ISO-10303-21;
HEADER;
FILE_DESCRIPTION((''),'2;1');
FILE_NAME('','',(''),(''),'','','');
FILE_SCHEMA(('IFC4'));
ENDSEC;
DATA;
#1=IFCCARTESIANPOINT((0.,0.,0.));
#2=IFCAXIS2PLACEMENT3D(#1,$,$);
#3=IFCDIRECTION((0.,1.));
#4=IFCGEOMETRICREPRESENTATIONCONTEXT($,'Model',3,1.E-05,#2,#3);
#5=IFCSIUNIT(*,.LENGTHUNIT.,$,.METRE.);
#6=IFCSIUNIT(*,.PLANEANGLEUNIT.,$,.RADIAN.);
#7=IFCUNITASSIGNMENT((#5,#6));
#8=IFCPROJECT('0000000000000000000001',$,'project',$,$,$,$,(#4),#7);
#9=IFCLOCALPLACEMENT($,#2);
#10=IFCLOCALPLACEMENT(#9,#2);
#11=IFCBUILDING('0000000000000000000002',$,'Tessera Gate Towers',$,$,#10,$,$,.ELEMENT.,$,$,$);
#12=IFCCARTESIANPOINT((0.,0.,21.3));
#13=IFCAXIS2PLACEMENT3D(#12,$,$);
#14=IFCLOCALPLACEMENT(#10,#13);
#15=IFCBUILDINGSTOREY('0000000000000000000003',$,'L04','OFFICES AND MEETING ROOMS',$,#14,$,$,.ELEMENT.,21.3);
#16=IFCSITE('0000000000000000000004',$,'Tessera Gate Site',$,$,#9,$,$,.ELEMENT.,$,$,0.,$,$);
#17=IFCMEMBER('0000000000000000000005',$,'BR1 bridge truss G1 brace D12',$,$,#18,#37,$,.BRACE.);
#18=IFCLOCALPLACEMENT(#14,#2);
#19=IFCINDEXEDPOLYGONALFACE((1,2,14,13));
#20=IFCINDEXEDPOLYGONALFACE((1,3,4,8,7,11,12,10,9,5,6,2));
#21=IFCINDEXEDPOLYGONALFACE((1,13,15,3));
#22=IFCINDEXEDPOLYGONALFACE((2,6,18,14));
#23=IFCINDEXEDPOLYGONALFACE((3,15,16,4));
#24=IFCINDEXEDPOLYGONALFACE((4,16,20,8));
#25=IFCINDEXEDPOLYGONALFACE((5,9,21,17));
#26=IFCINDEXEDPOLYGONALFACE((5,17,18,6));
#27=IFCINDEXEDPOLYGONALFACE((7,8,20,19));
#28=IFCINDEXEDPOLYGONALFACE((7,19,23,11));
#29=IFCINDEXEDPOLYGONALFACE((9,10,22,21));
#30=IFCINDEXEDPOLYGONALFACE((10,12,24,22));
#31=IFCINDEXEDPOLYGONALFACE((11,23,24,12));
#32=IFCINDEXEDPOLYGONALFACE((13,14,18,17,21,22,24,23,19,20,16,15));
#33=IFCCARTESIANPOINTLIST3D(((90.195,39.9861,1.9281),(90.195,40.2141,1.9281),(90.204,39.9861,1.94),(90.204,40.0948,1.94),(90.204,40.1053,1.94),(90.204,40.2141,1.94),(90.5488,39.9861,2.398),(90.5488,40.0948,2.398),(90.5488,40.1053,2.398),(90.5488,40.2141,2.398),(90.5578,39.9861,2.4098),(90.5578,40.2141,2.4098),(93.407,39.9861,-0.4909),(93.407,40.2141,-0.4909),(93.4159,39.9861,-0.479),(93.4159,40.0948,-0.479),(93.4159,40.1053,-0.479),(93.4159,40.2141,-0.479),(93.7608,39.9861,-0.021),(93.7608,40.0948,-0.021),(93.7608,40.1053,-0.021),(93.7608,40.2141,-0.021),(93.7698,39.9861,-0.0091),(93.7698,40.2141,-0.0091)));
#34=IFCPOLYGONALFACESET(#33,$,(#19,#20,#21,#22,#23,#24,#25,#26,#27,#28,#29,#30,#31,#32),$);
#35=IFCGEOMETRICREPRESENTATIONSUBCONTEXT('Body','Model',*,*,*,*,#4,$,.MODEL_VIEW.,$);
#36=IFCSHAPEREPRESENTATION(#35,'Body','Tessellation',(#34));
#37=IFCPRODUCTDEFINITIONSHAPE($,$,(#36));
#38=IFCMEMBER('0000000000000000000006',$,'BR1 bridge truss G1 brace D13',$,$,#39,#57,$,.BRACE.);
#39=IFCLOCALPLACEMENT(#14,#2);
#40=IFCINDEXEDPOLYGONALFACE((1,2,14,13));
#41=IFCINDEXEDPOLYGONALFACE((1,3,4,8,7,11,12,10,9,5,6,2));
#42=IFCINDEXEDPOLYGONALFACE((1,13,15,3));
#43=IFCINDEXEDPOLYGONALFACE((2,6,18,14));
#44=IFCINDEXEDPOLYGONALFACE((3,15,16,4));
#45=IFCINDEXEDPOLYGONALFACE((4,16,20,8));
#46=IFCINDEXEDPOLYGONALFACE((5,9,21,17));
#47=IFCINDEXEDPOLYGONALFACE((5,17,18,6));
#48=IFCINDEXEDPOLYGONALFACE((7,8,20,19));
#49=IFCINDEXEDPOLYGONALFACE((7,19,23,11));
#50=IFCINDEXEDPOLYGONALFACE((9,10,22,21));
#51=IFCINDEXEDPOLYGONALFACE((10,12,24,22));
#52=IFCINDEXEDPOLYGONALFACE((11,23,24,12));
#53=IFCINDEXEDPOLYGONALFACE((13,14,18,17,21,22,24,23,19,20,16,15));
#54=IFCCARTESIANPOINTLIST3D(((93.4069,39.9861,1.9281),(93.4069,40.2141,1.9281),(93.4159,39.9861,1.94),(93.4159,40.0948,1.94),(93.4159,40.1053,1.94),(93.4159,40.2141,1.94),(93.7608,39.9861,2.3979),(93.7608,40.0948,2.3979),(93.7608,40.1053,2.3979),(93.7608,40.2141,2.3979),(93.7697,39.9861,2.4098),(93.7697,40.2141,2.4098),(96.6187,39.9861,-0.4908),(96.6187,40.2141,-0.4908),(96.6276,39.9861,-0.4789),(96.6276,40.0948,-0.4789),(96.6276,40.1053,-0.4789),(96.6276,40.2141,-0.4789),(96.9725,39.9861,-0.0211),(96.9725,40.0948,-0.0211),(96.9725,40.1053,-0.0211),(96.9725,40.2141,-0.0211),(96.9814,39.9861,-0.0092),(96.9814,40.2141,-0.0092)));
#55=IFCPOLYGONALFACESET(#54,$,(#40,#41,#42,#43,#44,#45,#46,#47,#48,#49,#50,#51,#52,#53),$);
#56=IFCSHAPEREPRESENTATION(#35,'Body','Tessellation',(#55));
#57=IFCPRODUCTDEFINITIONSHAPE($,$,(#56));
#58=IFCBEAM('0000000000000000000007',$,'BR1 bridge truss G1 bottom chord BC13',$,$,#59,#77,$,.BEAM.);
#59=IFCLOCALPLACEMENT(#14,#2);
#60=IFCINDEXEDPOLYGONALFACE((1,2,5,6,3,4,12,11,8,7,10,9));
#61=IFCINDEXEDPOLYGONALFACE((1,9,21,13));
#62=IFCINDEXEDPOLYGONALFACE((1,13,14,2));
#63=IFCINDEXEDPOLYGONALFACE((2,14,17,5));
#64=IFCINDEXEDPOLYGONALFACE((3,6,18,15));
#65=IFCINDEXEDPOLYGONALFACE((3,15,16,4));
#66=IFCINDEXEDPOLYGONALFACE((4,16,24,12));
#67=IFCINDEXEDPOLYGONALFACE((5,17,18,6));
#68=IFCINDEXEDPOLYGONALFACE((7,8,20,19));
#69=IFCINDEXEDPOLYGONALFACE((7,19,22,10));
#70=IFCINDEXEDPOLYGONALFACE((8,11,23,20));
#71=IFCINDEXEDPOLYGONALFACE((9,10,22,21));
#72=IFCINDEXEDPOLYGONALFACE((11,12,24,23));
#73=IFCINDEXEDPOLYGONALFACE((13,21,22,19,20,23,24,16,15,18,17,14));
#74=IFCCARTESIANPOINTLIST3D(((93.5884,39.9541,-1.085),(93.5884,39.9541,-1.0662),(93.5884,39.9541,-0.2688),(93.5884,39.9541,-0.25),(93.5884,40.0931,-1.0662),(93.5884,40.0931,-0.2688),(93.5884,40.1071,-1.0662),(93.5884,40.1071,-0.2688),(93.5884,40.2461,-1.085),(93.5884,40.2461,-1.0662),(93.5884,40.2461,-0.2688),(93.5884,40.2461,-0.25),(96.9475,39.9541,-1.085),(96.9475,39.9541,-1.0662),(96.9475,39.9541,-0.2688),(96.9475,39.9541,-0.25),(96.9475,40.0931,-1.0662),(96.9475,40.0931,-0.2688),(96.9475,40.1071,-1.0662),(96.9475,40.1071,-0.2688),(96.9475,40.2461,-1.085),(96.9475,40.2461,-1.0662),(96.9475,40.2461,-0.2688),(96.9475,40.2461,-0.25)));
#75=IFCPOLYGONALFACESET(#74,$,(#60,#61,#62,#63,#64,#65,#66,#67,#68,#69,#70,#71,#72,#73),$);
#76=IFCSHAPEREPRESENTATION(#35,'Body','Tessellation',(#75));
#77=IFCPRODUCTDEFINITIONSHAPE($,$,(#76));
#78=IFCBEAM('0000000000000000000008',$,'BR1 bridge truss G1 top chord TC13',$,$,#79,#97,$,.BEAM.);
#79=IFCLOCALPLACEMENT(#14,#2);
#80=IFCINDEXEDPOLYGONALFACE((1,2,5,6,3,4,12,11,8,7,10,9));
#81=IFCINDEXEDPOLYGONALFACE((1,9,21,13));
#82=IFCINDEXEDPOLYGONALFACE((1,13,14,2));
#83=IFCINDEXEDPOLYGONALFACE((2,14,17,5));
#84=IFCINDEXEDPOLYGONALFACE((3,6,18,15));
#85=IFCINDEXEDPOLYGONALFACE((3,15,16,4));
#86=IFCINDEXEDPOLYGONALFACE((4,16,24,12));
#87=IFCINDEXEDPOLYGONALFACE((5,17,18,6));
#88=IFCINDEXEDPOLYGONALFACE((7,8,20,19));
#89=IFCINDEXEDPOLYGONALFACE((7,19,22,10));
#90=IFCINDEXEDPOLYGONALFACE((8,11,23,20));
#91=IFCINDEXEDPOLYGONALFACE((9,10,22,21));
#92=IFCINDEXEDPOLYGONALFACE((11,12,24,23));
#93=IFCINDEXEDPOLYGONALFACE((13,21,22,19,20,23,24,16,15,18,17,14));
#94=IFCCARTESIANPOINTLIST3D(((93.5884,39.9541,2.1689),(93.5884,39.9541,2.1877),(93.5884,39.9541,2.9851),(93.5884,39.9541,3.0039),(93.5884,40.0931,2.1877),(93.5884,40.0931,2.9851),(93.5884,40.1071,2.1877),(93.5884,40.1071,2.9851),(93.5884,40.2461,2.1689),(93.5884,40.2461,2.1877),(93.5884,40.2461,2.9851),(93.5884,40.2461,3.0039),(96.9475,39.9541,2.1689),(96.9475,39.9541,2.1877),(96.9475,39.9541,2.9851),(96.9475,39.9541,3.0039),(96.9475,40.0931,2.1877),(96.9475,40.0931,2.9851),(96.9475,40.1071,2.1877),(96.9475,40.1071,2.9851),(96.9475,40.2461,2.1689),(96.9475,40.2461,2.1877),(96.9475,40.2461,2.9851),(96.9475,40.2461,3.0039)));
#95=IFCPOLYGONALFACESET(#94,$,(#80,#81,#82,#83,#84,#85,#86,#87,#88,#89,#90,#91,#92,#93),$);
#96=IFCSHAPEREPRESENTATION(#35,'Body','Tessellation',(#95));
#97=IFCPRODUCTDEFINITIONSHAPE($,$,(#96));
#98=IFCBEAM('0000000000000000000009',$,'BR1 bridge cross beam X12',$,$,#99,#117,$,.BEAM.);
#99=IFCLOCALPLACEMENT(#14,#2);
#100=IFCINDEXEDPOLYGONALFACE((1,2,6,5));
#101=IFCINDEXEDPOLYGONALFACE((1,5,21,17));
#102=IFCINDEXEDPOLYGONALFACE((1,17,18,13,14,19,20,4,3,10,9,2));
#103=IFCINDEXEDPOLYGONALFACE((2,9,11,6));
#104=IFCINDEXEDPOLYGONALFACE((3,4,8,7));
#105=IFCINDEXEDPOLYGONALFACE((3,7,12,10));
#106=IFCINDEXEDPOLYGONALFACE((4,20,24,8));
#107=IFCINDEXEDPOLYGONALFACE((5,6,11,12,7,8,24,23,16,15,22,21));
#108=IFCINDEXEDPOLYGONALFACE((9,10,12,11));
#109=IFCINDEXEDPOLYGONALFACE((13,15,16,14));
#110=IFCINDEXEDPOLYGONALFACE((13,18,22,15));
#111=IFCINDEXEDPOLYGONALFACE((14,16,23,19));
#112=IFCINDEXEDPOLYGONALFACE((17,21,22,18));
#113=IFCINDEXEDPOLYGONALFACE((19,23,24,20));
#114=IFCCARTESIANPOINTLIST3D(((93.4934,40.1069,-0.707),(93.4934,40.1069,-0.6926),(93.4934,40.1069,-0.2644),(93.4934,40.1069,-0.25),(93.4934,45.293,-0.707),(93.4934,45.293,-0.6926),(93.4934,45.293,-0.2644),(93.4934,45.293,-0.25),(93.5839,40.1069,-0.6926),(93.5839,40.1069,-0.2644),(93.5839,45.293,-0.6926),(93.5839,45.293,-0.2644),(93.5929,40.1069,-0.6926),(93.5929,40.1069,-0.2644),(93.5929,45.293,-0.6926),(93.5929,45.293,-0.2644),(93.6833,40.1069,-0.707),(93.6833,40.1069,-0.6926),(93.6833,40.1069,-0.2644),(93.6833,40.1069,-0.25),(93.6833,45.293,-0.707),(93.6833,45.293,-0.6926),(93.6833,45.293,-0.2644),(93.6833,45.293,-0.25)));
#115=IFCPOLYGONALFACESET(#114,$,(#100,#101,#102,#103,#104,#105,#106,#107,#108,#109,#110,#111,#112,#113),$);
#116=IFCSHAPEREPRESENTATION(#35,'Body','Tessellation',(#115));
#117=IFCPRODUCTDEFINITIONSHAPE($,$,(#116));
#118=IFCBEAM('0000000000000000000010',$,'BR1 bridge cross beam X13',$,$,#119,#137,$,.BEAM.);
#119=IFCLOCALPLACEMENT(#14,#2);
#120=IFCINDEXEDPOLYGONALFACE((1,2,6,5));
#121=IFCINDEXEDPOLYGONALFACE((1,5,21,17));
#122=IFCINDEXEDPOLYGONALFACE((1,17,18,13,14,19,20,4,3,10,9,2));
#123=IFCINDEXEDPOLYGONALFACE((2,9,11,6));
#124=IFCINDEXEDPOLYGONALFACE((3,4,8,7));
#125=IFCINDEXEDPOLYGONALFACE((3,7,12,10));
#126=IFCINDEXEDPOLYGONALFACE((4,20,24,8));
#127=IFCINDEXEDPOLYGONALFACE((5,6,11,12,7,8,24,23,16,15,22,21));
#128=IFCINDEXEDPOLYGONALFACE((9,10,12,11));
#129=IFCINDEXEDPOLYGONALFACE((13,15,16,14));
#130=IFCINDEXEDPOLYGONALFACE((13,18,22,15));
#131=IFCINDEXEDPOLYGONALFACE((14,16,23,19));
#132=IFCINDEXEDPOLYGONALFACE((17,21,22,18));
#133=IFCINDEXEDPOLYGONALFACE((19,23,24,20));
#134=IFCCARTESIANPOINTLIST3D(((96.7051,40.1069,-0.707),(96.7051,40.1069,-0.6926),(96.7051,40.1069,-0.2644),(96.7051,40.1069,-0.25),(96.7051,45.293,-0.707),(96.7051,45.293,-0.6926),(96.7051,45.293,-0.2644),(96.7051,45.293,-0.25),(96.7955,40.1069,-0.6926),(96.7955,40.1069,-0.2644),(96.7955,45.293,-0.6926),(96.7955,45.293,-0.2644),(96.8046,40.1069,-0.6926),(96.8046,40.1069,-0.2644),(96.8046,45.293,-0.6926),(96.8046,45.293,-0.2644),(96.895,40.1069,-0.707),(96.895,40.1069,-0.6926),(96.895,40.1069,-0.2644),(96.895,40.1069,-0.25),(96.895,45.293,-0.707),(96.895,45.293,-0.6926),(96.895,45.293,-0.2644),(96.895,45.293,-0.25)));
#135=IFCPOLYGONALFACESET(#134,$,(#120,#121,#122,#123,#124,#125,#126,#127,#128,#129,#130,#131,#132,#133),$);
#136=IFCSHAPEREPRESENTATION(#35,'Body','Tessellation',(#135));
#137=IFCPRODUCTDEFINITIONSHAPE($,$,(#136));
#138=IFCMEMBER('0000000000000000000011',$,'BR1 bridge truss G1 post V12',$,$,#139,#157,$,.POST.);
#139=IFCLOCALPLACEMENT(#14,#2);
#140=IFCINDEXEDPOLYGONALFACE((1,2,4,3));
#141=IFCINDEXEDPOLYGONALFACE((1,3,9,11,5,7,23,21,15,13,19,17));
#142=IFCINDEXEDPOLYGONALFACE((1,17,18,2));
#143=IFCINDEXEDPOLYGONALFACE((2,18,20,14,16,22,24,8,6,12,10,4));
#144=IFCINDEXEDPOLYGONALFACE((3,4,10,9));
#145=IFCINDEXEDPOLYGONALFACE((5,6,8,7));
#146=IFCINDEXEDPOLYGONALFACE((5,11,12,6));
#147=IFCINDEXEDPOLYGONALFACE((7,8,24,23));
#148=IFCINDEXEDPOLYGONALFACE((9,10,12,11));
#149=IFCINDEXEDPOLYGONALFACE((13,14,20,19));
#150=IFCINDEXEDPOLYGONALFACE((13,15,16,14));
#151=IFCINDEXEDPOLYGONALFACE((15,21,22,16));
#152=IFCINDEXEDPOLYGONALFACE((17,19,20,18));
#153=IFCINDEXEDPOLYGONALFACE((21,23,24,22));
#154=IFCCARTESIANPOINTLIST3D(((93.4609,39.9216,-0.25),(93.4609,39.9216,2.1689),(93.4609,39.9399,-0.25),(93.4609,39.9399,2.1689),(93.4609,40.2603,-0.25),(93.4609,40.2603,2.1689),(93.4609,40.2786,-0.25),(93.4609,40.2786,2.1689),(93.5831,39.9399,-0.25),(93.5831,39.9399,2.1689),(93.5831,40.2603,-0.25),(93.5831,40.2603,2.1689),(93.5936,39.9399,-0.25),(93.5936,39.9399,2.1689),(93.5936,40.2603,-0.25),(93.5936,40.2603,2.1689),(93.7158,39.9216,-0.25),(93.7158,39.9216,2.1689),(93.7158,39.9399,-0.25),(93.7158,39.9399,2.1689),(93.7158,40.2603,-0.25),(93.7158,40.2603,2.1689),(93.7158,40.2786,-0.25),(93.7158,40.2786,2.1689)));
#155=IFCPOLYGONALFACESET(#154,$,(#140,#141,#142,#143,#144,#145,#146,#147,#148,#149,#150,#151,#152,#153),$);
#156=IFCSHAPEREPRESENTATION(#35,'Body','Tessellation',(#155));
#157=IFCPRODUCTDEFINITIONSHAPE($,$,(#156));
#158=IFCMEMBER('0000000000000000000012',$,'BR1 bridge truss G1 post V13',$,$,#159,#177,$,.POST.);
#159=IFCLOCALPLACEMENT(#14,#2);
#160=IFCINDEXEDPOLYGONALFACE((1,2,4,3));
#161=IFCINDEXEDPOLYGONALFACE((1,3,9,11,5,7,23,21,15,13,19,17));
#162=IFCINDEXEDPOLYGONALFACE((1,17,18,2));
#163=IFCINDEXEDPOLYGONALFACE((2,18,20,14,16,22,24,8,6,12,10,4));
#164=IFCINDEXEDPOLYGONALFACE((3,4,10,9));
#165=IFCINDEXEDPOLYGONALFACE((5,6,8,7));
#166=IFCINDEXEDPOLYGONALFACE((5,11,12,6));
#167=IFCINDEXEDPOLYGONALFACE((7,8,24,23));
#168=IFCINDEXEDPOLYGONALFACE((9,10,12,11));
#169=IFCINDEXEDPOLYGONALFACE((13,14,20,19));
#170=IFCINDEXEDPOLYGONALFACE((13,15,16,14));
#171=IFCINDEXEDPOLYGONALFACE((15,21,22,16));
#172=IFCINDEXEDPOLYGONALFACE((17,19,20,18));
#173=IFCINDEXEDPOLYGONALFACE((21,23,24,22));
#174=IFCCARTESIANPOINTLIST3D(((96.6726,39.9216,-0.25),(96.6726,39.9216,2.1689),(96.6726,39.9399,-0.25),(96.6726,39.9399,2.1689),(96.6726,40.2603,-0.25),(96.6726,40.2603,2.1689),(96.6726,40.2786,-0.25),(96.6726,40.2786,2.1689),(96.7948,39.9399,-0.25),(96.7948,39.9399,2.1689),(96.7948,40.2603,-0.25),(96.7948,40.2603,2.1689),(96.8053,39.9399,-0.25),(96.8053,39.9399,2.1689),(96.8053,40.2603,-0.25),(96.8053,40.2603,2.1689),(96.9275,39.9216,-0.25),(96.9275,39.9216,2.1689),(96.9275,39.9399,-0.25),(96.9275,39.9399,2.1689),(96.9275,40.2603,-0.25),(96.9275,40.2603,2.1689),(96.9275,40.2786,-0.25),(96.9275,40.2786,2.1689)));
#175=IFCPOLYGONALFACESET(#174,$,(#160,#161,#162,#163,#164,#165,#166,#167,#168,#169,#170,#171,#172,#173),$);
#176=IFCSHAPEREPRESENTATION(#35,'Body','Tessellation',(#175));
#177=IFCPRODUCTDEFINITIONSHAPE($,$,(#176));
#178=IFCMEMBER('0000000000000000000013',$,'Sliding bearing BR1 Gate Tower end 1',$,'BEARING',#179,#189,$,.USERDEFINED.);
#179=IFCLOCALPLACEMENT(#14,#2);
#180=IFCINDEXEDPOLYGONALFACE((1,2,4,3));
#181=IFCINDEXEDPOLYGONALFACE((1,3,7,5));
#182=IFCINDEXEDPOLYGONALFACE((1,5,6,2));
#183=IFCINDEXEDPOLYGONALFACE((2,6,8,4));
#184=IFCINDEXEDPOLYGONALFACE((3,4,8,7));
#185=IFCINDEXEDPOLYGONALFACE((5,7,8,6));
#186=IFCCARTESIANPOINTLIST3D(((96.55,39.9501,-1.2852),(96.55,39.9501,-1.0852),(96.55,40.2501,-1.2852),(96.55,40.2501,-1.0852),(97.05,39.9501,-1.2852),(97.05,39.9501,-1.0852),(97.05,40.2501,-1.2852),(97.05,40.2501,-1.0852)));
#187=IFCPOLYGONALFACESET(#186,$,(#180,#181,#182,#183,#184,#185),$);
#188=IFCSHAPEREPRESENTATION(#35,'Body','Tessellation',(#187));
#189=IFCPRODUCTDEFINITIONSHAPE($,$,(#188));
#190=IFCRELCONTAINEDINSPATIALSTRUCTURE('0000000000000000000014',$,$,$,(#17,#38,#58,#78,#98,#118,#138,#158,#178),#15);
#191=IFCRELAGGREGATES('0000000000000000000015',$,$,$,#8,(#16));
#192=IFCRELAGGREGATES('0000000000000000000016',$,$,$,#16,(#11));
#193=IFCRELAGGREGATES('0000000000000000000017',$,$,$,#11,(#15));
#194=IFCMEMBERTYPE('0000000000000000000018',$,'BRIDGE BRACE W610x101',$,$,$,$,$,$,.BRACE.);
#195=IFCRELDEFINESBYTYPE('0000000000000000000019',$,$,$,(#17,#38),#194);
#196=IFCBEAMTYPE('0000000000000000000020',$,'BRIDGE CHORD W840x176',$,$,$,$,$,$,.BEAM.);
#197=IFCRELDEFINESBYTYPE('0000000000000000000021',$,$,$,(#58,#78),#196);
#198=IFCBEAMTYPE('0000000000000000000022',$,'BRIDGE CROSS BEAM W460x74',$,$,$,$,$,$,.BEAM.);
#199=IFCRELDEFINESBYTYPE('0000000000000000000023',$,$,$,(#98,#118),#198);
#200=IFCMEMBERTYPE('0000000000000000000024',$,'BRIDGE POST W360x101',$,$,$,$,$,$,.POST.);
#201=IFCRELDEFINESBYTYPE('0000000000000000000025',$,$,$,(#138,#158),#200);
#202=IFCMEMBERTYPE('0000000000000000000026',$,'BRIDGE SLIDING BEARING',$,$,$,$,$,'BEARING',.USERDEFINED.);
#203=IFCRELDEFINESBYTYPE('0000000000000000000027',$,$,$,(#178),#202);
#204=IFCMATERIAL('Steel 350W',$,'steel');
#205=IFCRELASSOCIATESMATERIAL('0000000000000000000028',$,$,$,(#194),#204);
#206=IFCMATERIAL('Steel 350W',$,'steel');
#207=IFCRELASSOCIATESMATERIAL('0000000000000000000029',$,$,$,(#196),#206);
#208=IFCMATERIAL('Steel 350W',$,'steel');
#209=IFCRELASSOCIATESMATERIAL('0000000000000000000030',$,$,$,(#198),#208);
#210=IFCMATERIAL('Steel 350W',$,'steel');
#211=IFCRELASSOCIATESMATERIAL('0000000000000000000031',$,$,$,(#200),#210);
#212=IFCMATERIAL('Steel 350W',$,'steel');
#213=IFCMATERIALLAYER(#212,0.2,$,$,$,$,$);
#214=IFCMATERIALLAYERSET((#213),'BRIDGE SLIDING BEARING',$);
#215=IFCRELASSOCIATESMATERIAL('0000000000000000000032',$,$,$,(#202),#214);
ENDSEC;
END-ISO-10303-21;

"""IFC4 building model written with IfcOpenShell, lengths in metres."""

from ifc_helpers import new_model, si_unit, direction, frame, origin, origin_2d, place, context, subcontext, project, spatial, rectangle, i_section, extrude, material, layer, layer_set, material_profile, profile_set, type_object, element, save


model = new_model("IFC4")

# Units and contexts
model_context = context("Model", 3, precision=1e-05, world=origin(), true_north=direction((0.0, 1.0)))
body_context = subcontext(model_context, "Body", "Model", "MODEL_VIEW")
ifc_project = project(units=[si_unit("LENGTHUNIT", "METRE"), si_unit("PLANEANGLEUNIT", "RADIAN")], contexts=[model_context])

# Site, building, storey
site_placement = place(None, origin())
site = spatial("IfcSite", under=ifc_project, at=site_placement, Name="Tessera Gate Site", CompositionType="ELEMENT", RefElevation=0.0)
building_placement = place(site_placement, origin())
building = spatial("IfcBuilding", under=site, at=building_placement, Name="Tessera Gate Towers", CompositionType="ELEMENT")
storey_placement = place(building_placement, frame((0.0, 0.0, 21.3)))
storey = spatial("IfcBuildingStorey", under=building, at=storey_placement, Name="L04", Description="OFFICES AND MEETING ROOMS", CompositionType="ELEMENT", Elevation=21.3)

# Members
ifc_material_1 = material(Name="Steel 350W", Category="steel")
ifc_material_profile_1 = material_profile(ifc_material_1, i_section(OverallWidth=0.228, OverallDepth=0.603, WebThickness=0.0105, FlangeThickness=0.0149, at=origin_2d()), Name="W610x101")
ifc_profile_set_1 = profile_set([ifc_material_profile_1], Name="Steel 350W")
member_type_1 = type_object("IfcMemberType", Name="BRIDGE BRACE W610x101", PredefinedType="BRACE", material=ifc_profile_set_1)
member_1_placement = place(storey_placement, frame((93.5884, 40.1001, -0.25), z_axis=(-0.798803, 0.0, 0.601592), x_axis=(0.0, -1.0, 0.0)))
element("IfcMember", 1, at=member_1_placement, inside=storey, type_object=member_type_1, Name="BR1 bridge truss G1 brace D12", PredefinedType="BRACE", context=body_context, shape_type="SweptSolid", body=[
    extrude(i_section(OverallWidth=0.228, OverallDepth=0.603, WebThickness=0.0105, FlangeThickness=0.0149, at=origin_2d()), origin(), (0.0, 0.0, 1.0), 4.021),
])
member_2_placement = place(storey_placement, frame((96.8, 40.1001, -0.25), z_axis=(-0.798782, 0.0, 0.601621), x_axis=(0.0, -1.0, 0.0)))
element("IfcMember", 2, at=member_2_placement, inside=storey, type_object=member_type_1, Name="BR1 bridge truss G1 brace D13", PredefinedType="BRACE", context=body_context, shape_type="SweptSolid", body=[
    extrude(i_section(OverallWidth=0.228, OverallDepth=0.603, WebThickness=0.0105, FlangeThickness=0.0149, at=origin_2d()), origin(), (0.0, 0.0, 1.0), 4.0208),
])

# Beams
ifc_material_2 = material(Name="Steel 350W", Category="steel")
ifc_material_profile_2 = material_profile(ifc_material_2, i_section(OverallWidth=0.292, OverallDepth=0.835, WebThickness=0.0139, FlangeThickness=0.0188, at=origin_2d()), Name="W840x176")
ifc_profile_set_2 = profile_set([ifc_material_profile_2], Name="Steel 350W")
beam_type_1 = type_object("IfcBeamType", Name="BRIDGE CHORD W840x176", PredefinedType="BEAM", material=ifc_profile_set_2)
for number, where, z_axis, x_axis, name in (
    (3, (93.5884, 40.1001, -0.6675), (1.0, 0.0, 0.0), (0.0, 1.0, 0.0), "BR1 bridge truss G1 bottom chord BC13"),
    (4, (93.5884, 40.1001, 2.5864), (1.0, 0.0, 0.0), (0.0, 1.0, 0.0), "BR1 bridge truss G1 top chord TC13"),
):
    element("IfcBeam", number, at=place(storey_placement, frame(where, z_axis=z_axis, x_axis=x_axis)), inside=storey, type_object=beam_type_1, Name=name, PredefinedType="BEAM", context=body_context, shape_type="SweptSolid", body=[
        extrude(i_section(OverallWidth=0.292, OverallDepth=0.835, WebThickness=0.0139, FlangeThickness=0.0188, at=origin_2d()), origin(), (0.0, 0.0, 1.0), 3.3591),
    ])
ifc_material_3 = material(Name="Steel 350W", Category="steel")
ifc_material_profile_3 = material_profile(ifc_material_3, i_section(OverallWidth=0.1899, OverallDepth=0.457, WebThickness=0.009, FlangeThickness=0.0144, at=origin_2d()), Name="W460x74")
ifc_profile_set_3 = profile_set([ifc_material_profile_3], Name="Steel 350W")
beam_type_2 = type_object("IfcBeamType", Name="BRIDGE CROSS BEAM W460x74", PredefinedType="BEAM", material=ifc_profile_set_3)
for number, where, z_axis, x_axis, name in (
    (5, (93.5884, 40.1069, -0.4785), (0.0, 1.0, 0.0), (-1.0, 0.0, 0.0), "BR1 bridge cross beam X12"),
    (6, (96.8, 40.1069, -0.4785), (0.0, 1.0, 0.0), (-1.0, 0.0, 0.0), "BR1 bridge cross beam X13"),
):
    element("IfcBeam", number, at=place(storey_placement, frame(where, z_axis=z_axis, x_axis=x_axis)), inside=storey, type_object=beam_type_2, Name=name, PredefinedType="BEAM", context=body_context, shape_type="SweptSolid", body=[
        extrude(i_section(OverallWidth=0.1899, OverallDepth=0.457, WebThickness=0.009, FlangeThickness=0.0144, at=origin_2d()), origin(), (0.0, 0.0, 1.0), 5.186),
    ])

# Members
ifc_material_4 = material(Name="Steel 350W", Category="steel")
ifc_material_profile_4 = material_profile(ifc_material_4, i_section(OverallWidth=0.2549, OverallDepth=0.3569, WebThickness=0.0105, FlangeThickness=0.0183, at=origin_2d()), Name="W360x101")
ifc_profile_set_4 = profile_set([ifc_material_profile_4], Name="Steel 350W")
member_type_2 = type_object("IfcMemberType", Name="BRIDGE POST W360x101", PredefinedType="POST", material=ifc_profile_set_4)
for number, where, z_axis, x_axis, name in (
    (7, (93.5884, 40.1001, -0.25), (0.0, 0.0, 1.0), (1.0, 0.0, 0.0), "BR1 bridge truss G1 post V12"),
    (8, (96.8, 40.1001, -0.25), (0.0, 0.0, 1.0), (1.0, 0.0, 0.0), "BR1 bridge truss G1 post V13"),
):
    element("IfcMember", number, at=place(storey_placement, frame(where, z_axis=z_axis, x_axis=x_axis)), inside=storey, type_object=member_type_2, Name=name, PredefinedType="POST", context=body_context, shape_type="SweptSolid", body=[
        extrude(i_section(OverallWidth=0.2549, OverallDepth=0.3569, WebThickness=0.0105, FlangeThickness=0.0183, at=origin_2d()), origin(), (0.0, 0.0, 1.0), 2.4189),
    ])
ifc_material_5 = material(Name="Steel 350W", Category="steel")
ifc_layer_1 = layer(ifc_material_5, 0.2)
ifc_layer_set_1 = layer_set([ifc_layer_1], Name="BRIDGE SLIDING BEARING")
member_type_3 = type_object("IfcMemberType", Name="BRIDGE SLIDING BEARING", ElementType="BEARING", PredefinedType="USERDEFINED", material=ifc_layer_set_1)
member_3_placement = place(storey_placement, frame((96.8, 40.1001, -1.2852), z_axis=(0.0, 0.0, 1.0), x_axis=(1.0, 0.0, 0.0)))
element("IfcMember", 9, at=member_3_placement, inside=storey, type_object=member_type_3, Name="Sliding bearing BR1 Gate Tower end 1", ObjectType="BEARING", PredefinedType="USERDEFINED", context=body_context, shape_type="SweptSolid", body=[
    extrude(rectangle(XDim=0.5, YDim=0.3, at=origin_2d()), origin(), (0.0, 0.0, 1.0), 0.2),
])

save(model, "model.ifc")
